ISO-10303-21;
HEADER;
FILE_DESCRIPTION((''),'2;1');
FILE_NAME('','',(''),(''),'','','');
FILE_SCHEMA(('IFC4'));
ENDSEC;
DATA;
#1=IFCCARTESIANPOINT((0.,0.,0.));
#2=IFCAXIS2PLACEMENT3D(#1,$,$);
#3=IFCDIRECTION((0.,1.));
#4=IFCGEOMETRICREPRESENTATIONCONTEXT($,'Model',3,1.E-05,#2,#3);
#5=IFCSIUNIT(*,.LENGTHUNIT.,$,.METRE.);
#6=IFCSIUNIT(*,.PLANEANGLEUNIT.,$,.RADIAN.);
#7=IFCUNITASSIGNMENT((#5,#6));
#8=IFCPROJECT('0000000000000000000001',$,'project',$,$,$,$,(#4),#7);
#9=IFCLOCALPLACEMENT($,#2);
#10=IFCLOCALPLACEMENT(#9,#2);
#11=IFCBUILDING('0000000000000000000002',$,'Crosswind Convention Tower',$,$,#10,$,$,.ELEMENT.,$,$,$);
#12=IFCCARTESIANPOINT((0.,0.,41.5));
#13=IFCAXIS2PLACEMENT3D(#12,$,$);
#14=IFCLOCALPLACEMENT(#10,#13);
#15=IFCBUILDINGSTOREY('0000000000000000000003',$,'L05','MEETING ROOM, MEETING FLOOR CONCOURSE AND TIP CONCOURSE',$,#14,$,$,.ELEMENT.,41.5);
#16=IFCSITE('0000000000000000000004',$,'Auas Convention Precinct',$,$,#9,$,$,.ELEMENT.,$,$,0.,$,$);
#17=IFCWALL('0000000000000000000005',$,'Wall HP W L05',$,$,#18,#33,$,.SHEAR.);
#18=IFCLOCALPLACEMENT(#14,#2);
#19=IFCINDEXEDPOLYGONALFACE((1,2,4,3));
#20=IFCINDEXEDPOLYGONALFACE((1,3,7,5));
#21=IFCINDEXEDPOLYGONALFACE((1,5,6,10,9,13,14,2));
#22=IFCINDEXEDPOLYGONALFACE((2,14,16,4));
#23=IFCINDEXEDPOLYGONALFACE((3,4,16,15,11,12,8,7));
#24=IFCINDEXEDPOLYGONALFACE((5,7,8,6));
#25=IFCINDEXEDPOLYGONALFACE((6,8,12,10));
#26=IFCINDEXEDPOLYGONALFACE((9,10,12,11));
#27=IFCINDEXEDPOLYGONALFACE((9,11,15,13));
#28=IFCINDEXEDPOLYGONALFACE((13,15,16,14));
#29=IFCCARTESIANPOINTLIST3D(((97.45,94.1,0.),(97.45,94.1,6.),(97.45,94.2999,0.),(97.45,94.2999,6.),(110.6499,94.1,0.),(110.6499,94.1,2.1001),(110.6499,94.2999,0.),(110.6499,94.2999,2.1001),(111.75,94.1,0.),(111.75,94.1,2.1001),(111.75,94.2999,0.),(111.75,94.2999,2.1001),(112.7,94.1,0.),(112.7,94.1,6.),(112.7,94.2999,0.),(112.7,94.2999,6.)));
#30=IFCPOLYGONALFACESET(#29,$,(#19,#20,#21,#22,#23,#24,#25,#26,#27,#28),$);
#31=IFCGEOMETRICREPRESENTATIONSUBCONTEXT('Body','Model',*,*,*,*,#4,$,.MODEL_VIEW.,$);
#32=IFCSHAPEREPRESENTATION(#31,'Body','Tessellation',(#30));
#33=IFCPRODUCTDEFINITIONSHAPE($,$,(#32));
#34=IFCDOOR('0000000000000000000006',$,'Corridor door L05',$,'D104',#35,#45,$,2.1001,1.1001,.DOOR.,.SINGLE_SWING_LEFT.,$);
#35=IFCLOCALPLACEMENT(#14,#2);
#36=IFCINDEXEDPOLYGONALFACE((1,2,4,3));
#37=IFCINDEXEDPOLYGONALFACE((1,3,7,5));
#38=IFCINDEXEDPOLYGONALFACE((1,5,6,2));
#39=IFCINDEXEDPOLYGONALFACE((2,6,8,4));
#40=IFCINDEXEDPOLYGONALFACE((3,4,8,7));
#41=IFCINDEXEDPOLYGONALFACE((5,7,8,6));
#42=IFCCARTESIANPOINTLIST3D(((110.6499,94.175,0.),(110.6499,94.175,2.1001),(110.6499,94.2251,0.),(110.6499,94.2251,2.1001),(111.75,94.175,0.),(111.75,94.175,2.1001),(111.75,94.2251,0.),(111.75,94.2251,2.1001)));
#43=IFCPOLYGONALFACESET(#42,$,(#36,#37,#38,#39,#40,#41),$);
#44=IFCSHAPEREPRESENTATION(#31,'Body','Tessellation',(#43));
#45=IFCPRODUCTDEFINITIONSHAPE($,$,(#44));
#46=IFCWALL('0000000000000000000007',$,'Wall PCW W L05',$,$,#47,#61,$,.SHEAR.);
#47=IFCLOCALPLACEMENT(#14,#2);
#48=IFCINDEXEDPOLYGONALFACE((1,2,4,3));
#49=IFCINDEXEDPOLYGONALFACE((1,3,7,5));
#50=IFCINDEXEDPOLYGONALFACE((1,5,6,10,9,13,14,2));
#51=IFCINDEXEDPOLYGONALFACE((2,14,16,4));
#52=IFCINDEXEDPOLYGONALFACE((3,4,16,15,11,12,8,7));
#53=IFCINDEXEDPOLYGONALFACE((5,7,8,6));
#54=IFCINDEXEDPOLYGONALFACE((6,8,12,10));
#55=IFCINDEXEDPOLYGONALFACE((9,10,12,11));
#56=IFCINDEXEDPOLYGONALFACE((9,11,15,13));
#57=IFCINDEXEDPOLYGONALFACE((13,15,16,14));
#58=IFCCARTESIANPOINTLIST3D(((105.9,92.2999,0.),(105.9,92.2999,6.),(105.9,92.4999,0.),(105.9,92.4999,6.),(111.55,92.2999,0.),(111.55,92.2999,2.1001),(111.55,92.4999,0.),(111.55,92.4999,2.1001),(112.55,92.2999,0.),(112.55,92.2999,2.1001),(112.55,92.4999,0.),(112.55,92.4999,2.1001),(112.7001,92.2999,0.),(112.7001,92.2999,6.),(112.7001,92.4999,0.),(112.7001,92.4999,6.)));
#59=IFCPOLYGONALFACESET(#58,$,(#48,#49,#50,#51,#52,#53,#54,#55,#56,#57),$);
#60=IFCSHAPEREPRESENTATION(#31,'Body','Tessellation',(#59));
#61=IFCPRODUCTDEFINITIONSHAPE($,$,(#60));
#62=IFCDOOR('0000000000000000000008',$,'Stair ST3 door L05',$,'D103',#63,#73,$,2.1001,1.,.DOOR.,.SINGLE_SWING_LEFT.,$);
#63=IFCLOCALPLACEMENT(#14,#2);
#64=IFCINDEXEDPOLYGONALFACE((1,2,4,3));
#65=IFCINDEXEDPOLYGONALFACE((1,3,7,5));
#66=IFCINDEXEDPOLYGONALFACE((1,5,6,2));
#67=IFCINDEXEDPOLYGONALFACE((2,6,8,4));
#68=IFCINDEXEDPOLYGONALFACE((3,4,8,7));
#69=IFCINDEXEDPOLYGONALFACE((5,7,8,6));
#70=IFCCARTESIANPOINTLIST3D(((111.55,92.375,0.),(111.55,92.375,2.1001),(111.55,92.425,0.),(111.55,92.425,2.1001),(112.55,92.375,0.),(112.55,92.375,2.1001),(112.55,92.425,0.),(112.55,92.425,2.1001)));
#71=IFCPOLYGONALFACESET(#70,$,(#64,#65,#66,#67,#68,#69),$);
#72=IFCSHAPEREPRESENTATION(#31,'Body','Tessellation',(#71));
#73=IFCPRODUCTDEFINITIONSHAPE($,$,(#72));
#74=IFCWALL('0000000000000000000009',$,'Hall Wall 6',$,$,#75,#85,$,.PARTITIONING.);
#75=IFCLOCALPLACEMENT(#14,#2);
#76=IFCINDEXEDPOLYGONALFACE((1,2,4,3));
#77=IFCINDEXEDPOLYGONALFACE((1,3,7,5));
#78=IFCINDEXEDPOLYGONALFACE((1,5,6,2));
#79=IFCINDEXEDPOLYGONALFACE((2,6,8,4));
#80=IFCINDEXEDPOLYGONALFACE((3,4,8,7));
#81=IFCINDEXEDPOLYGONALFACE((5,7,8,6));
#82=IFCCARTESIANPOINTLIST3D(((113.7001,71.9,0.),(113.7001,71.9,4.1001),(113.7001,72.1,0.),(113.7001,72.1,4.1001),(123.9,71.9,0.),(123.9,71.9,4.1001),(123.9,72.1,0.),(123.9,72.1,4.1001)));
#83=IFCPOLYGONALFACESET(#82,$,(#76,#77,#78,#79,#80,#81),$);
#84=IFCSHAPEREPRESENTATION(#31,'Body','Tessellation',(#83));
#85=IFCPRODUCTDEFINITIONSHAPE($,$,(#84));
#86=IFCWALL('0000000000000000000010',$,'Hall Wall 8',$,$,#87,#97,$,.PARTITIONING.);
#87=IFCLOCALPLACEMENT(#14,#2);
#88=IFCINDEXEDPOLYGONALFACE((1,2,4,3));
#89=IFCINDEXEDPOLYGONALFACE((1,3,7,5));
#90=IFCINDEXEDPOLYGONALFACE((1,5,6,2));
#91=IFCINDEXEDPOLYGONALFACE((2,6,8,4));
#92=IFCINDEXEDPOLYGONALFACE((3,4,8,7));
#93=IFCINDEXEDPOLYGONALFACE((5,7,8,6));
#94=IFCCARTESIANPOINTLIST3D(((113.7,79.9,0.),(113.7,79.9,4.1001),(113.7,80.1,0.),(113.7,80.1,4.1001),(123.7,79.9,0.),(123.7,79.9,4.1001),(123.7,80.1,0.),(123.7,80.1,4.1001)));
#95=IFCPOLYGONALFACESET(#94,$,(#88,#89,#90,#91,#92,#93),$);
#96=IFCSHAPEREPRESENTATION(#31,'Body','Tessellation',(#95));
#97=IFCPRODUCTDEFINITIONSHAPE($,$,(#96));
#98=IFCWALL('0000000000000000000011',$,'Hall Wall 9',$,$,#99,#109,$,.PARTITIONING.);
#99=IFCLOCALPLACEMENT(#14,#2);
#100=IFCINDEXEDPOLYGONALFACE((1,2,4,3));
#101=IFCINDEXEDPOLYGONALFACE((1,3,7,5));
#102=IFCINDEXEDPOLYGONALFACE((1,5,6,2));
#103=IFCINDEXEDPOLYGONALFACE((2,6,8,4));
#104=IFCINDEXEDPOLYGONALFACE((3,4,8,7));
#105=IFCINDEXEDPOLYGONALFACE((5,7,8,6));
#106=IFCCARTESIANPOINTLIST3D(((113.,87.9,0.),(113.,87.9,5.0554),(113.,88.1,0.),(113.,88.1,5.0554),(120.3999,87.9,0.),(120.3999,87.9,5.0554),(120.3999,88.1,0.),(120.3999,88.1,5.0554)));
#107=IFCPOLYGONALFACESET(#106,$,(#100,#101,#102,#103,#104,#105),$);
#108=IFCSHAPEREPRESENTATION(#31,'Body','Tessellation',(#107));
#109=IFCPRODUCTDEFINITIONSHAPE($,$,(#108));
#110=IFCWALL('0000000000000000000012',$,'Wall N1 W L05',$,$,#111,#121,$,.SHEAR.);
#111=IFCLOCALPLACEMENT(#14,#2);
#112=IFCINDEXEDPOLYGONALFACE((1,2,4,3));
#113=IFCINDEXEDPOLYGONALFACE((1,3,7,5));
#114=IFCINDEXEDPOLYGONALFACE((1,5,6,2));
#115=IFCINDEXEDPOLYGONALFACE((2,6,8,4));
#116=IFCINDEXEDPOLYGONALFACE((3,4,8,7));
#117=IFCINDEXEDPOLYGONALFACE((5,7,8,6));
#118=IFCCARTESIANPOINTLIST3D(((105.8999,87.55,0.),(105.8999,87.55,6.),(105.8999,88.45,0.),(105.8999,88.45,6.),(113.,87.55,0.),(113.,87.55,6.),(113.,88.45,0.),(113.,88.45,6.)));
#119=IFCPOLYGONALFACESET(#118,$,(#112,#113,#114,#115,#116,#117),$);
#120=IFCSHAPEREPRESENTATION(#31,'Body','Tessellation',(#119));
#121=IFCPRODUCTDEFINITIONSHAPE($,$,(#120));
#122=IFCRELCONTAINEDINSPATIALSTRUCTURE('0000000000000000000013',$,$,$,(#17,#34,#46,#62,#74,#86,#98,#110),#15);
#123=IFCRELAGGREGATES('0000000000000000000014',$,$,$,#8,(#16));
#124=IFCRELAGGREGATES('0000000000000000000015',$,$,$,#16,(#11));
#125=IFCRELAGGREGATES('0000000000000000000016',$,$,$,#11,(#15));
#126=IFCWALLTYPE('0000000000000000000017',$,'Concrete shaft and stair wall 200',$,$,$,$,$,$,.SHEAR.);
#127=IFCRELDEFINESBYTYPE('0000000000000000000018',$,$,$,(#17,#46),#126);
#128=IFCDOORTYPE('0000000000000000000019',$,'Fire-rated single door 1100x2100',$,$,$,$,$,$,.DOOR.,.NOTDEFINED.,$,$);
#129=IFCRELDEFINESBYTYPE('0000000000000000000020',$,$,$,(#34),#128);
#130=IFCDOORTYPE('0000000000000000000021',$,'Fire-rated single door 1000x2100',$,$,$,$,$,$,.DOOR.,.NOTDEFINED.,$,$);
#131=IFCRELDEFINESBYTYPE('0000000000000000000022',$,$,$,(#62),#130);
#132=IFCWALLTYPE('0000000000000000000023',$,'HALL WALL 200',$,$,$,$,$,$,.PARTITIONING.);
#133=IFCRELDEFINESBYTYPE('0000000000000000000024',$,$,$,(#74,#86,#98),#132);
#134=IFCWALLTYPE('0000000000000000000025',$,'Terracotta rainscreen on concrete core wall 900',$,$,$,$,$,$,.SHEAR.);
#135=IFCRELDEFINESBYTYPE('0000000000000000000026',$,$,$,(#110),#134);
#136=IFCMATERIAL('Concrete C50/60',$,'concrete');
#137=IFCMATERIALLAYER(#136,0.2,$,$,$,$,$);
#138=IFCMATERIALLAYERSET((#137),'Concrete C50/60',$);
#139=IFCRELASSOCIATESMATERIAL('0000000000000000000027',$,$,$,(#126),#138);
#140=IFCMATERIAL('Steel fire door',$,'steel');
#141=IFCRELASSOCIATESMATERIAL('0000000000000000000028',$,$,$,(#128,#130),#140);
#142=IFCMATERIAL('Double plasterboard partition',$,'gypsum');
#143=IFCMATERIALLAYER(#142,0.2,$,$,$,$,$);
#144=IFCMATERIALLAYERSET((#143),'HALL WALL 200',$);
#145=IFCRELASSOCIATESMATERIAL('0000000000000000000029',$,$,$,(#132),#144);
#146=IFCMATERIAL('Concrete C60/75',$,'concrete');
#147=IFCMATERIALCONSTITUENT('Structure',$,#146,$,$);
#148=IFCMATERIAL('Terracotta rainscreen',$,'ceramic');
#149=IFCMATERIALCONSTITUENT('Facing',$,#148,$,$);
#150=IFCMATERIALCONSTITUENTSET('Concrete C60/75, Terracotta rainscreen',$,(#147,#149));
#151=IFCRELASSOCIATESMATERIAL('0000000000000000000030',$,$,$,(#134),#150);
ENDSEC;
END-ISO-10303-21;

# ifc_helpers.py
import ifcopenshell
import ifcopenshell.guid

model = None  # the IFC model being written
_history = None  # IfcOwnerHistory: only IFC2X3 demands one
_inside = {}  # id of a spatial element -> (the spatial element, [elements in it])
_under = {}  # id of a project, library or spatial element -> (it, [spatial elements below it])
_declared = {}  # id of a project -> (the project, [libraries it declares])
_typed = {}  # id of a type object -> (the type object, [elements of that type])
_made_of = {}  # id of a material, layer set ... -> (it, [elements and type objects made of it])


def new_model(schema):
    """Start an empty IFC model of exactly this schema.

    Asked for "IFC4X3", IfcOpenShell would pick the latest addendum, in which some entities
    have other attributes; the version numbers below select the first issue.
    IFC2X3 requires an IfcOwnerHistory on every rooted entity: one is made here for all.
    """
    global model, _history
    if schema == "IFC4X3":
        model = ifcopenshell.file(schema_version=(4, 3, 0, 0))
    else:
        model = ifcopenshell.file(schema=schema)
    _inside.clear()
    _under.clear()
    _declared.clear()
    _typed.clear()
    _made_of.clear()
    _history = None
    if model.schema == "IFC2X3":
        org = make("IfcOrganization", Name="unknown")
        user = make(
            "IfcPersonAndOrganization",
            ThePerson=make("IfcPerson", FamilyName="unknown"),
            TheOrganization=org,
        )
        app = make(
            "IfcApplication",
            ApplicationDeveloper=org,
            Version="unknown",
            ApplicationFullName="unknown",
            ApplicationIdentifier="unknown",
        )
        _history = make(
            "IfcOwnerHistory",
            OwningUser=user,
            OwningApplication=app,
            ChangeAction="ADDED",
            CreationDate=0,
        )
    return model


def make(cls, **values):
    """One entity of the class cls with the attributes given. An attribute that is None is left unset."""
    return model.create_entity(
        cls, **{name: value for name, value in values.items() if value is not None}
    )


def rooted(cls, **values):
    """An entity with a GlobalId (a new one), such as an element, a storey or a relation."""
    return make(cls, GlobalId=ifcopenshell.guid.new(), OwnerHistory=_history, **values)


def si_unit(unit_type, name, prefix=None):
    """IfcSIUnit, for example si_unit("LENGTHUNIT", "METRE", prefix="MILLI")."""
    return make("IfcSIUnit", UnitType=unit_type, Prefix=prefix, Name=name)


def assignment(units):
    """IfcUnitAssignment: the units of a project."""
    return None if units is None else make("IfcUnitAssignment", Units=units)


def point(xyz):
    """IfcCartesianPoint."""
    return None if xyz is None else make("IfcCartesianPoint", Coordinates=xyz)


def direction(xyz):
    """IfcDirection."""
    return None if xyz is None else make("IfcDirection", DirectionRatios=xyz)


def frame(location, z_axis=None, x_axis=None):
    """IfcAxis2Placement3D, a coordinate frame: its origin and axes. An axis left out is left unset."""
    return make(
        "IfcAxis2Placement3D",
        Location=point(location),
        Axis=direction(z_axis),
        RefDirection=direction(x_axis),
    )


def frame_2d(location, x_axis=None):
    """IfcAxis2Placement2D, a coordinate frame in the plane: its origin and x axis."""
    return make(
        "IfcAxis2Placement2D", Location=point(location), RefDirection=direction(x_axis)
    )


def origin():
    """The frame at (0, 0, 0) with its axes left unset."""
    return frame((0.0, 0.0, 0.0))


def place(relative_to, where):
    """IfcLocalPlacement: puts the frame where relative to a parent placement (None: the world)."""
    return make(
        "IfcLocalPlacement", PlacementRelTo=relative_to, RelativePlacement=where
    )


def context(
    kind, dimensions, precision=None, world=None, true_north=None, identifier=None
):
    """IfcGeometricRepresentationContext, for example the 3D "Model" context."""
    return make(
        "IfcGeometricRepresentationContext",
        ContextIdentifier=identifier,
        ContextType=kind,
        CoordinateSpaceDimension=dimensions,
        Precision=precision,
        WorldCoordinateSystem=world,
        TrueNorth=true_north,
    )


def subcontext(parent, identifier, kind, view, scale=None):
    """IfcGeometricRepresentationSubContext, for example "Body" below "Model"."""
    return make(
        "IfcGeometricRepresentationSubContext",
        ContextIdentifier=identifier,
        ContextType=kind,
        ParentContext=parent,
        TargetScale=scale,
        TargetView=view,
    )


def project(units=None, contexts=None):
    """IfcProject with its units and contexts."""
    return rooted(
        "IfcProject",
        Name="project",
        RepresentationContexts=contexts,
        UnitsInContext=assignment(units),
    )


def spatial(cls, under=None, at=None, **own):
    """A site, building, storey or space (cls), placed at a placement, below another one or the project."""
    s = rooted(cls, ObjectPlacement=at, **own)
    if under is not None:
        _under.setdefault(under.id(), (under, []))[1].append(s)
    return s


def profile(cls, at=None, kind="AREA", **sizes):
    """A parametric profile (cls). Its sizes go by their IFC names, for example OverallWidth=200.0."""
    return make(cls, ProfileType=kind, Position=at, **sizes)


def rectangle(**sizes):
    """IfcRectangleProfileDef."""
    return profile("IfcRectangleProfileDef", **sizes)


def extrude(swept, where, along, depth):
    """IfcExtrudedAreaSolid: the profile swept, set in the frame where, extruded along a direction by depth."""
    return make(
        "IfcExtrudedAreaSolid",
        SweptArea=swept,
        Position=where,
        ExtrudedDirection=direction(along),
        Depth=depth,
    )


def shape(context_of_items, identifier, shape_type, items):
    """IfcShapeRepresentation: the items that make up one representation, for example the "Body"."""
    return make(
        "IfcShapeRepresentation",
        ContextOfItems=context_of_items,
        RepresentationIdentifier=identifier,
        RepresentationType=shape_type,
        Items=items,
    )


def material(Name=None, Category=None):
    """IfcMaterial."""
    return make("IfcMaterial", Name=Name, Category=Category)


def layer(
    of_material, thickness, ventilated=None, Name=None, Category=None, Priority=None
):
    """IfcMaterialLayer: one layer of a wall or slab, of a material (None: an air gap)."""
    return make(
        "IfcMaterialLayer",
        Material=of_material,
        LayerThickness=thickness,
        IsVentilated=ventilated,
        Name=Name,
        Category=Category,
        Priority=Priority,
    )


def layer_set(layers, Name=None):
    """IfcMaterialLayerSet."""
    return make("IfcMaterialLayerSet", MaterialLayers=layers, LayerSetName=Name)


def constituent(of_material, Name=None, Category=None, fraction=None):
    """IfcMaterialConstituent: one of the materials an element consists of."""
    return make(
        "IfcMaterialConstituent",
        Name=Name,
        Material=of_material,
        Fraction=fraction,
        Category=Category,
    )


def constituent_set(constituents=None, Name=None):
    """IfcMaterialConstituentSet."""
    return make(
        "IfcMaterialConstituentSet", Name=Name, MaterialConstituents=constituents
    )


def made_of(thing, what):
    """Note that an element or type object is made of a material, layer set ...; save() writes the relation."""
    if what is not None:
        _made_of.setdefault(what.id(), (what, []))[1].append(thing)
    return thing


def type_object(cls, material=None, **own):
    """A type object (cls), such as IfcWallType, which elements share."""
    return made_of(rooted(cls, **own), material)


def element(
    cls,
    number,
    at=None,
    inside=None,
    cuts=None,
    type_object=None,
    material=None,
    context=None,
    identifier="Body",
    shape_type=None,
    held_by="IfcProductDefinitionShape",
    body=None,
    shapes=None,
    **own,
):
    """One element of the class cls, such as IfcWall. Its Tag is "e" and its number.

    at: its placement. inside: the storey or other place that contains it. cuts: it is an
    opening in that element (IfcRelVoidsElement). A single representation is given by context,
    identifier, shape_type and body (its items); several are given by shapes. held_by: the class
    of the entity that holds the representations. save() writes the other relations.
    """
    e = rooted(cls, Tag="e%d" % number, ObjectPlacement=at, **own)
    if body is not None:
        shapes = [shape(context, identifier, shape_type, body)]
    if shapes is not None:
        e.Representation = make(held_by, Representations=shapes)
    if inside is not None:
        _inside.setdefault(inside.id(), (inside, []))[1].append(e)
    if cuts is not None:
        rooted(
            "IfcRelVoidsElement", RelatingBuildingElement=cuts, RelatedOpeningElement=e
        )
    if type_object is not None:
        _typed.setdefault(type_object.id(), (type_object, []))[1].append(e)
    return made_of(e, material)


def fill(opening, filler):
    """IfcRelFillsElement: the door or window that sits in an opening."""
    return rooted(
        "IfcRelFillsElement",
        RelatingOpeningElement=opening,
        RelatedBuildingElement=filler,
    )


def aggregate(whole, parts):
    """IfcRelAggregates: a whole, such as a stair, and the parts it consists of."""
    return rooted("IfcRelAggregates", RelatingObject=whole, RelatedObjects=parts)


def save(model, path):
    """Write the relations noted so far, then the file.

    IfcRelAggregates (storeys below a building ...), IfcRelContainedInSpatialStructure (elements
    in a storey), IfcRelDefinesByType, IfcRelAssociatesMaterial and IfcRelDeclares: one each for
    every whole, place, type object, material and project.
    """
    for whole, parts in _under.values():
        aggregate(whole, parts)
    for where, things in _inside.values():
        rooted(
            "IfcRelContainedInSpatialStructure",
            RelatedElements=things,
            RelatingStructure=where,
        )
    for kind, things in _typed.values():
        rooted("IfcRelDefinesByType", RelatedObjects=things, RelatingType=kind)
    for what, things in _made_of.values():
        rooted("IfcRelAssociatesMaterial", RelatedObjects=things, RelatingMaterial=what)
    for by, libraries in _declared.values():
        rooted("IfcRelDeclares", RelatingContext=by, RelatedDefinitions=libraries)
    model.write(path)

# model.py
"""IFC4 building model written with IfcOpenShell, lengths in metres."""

from ifc_helpers import new_model, si_unit, direction, frame, frame_2d, origin, place, context, subcontext, project, spatial, rectangle, extrude, material, layer, layer_set, constituent, constituent_set, type_object, element, fill, save


model = new_model("IFC4")

# Units and contexts
model_context = context("Model", 3, precision=1e-05, world=origin(), true_north=direction((0.0, 1.0)))
body_context = subcontext(model_context, "Body", "Model", "MODEL_VIEW")
ifc_project = project(units=[si_unit("LENGTHUNIT", "METRE"), si_unit("PLANEANGLEUNIT", "RADIAN")], contexts=[model_context])

# Site, building, storey
site_placement = place(None, origin())
site = spatial("IfcSite", under=ifc_project, at=site_placement, Name="Auas Convention Precinct", CompositionType="ELEMENT", RefElevation=0.0)
building_placement = place(site_placement, origin())
building = spatial("IfcBuilding", under=site, at=building_placement, Name="Crosswind Convention Tower", CompositionType="ELEMENT")
storey_placement = place(building_placement, frame((0.0, 0.0, 41.5)))
storey = spatial("IfcBuildingStorey", under=building, at=storey_placement, Name="L05", Description="MEETING ROOM, MEETING FLOOR CONCOURSE AND TIP CONCOURSE", CompositionType="ELEMENT", Elevation=41.5)

# Shared definitions
ifc_material_1 = material(Name="Concrete C50/60", Category="concrete")

# Walls, openings, doors
ifc_layer_1 = layer(ifc_material_1, 0.2)
ifc_layer_set_1 = layer_set([ifc_layer_1], Name="Concrete C50/60")
wall_type_1 = type_object("IfcWallType", Name="Concrete shaft and stair wall 200", PredefinedType="SHEAR", material=ifc_layer_set_1)
wall_1_placement = place(storey_placement, frame((112.7, 94.2, 0.0), z_axis=(0.0, 0.0, 1.0), x_axis=(-1.0, 0.0, 0.0)))
wall_1 = element("IfcWall", 1, at=wall_1_placement, inside=storey, type_object=wall_type_1, Name="Wall HP W L05", PredefinedType="SHEAR", context=body_context, shape_type="SweptSolid", body=[
    extrude(rectangle(XDim=15.25, YDim=0.2, at=frame_2d((7.625, 0.0))), origin(), (0.0, 0.0, 1.0), 6.0),
])
opening_1_placement = place(wall_1_placement, frame((0.95, 0.0, 0.0)))
opening_1 = element("IfcOpeningElement", 2, at=opening_1_placement, cuts=wall_1, PredefinedType="OPENING", context=body_context, shape_type="SweptSolid", body=[
    extrude(rectangle(XDim=1.1001, YDim=2.1001, at=frame_2d((0.55, 1.05))), frame((0.0, 0.1099, 0.0), z_axis=(0.0, -1.0, 0.0), x_axis=(1.0, 0.0, 0.0)), (0.0, 0.0, 1.0), 0.22),
])
ifc_material_2 = material(Name="Steel fire door", Category="steel")
door_type_1 = type_object("IfcDoorType", Name="Fire-rated single door 1100x2100", OperationType="NOTDEFINED", PredefinedType="DOOR", material=ifc_material_2)
door_1_placement = place(opening_1_placement, origin())
door_1 = element("IfcDoor", 3, at=door_1_placement, inside=storey, type_object=door_type_1, Name="Corridor door L05", ObjectType="D104", OperationType="SINGLE_SWING_LEFT", OverallHeight=2.1001, OverallWidth=1.1001, PredefinedType="DOOR", context=body_context, shape_type="SweptSolid", body=[
    extrude(rectangle(XDim=1.1001, YDim=2.1001, at=frame_2d((0.55, 1.05))), frame((0.0, 0.0249, 0.0), z_axis=(0.0, -1.0, 0.0), x_axis=(1.0, 0.0, 0.0)), (0.0, 0.0, 1.0), 0.05),
])
fill(opening_1, door_1)
wall_2_placement = place(storey_placement, frame((112.7, 92.3999, 0.0), z_axis=(0.0, 0.0, 1.0), x_axis=(-1.0, 0.0, 0.0)))
wall_2 = element("IfcWall", 4, at=wall_2_placement, inside=storey, type_object=wall_type_1, Name="Wall PCW W L05", PredefinedType="SHEAR", context=body_context, shape_type="SweptSolid", body=[
    extrude(rectangle(XDim=6.8, YDim=0.2, at=frame_2d((3.3999, 0.0))), origin(), (0.0, 0.0, 1.0), 6.0),
])
opening_2_placement = place(wall_2_placement, frame((0.1499, 0.0, 0.0)))
opening_2 = element("IfcOpeningElement", 5, at=opening_2_placement, cuts=wall_2, PredefinedType="OPENING", context=body_context, shape_type="SweptSolid", body=[
    extrude(rectangle(XDim=1.0, YDim=2.1001, at=frame_2d((0.5, 1.05))), frame((0.0, 0.1099, 0.0), z_axis=(0.0, -1.0, 0.0), x_axis=(1.0, 0.0, 0.0)), (0.0, 0.0, 1.0), 0.22),
])
door_type_2 = type_object("IfcDoorType", Name="Fire-rated single door 1000x2100", OperationType="NOTDEFINED", PredefinedType="DOOR", material=ifc_material_2)
door_2_placement = place(opening_2_placement, origin())
door_2 = element("IfcDoor", 6, at=door_2_placement, inside=storey, type_object=door_type_2, Name="Stair ST3 door L05", ObjectType="D103", OperationType="SINGLE_SWING_LEFT", OverallHeight=2.1001, OverallWidth=1.0, PredefinedType="DOOR", context=body_context, shape_type="SweptSolid", body=[
    extrude(rectangle(XDim=1.0, YDim=2.1001, at=frame_2d((0.5, 1.05))), frame((0.0, 0.0249, 0.0), z_axis=(0.0, -1.0, 0.0), x_axis=(1.0, 0.0, 0.0)), (0.0, 0.0, 1.0), 0.05),
])
fill(opening_2, door_2)

# Walls
ifc_material_3 = material(Name="Double plasterboard partition", Category="gypsum")
ifc_layer_2 = layer(ifc_material_3, 0.2)
ifc_layer_set_2 = layer_set([ifc_layer_2], Name="HALL WALL 200")
wall_type_2 = type_object("IfcWallType", Name="HALL WALL 200", PredefinedType="PARTITIONING", material=ifc_layer_set_2)
wall_3_placement = place(storey_placement, frame((113.7, 72.0, 0.0), z_axis=(0.0, 0.0, 1.0), x_axis=(1.0, 0.0, 0.0)))
element("IfcWall", 7, at=wall_3_placement, inside=storey, type_object=wall_type_2, Name="Hall Wall 6", PredefinedType="PARTITIONING", context=body_context, shape_type="SweptSolid", body=[
    extrude(rectangle(XDim=10.2, YDim=0.2, at=frame_2d((5.1001, 0.0))), origin(), (0.0, 0.0, 1.0), 4.1001),
])
wall_4_placement = place(storey_placement, frame((113.7, 80.0, 0.0), z_axis=(0.0, 0.0, 1.0), x_axis=(1.0, 0.0, 0.0)))
element("IfcWall", 8, at=wall_4_placement, inside=storey, type_object=wall_type_2, Name="Hall Wall 8", PredefinedType="PARTITIONING", context=body_context, shape_type="SweptSolid", body=[
    extrude(rectangle(XDim=10.0, YDim=0.2, at=frame_2d((5.0, 0.0))), origin(), (0.0, 0.0, 1.0), 4.1001),
])
wall_5_placement = place(storey_placement, frame((113.0, 88.0, 0.0), z_axis=(0.0, 0.0, 1.0), x_axis=(1.0, 0.0, 0.0)))
element("IfcWall", 9, at=wall_5_placement, inside=storey, type_object=wall_type_2, Name="Hall Wall 9", PredefinedType="PARTITIONING", context=body_context, shape_type="SweptSolid", body=[
    extrude(rectangle(XDim=7.3999, YDim=0.2, at=frame_2d((3.7, 0.0))), origin(), (0.0, 0.0, 1.0), 5.0554),
])
ifc_material_4 = material(Name="Concrete C60/75", Category="concrete")
ifc_constituent_1 = constituent(ifc_material_4, Name="Structure")
ifc_material_5 = material(Name="Terracotta rainscreen", Category="ceramic")
ifc_constituent_2 = constituent(ifc_material_5, Name="Facing")
ifc_constituent_set = constituent_set(constituents=[ifc_constituent_1, ifc_constituent_2], Name="Concrete C60/75, Terracotta rainscreen")
wall_type_3 = type_object("IfcWallType", Name="Terracotta rainscreen on concrete core wall 900", PredefinedType="SHEAR", material=ifc_constituent_set)
wall_6_placement = place(storey_placement, frame((113.0, 88.0, 0.0), z_axis=(0.0, 0.0, 1.0), x_axis=(-1.0, 0.0, 0.0)))
element("IfcWall", 10, at=wall_6_placement, inside=storey, type_object=wall_type_3, Name="Wall N1 W L05", PredefinedType="SHEAR", context=body_context, shape_type="SweptSolid", body=[
    extrude(rectangle(XDim=7.1001, YDim=0.8999, at=frame_2d((3.55, 0.0))), origin(), (0.0, 0.0, 1.0), 6.0),
])

save(model, "model.ifc")
